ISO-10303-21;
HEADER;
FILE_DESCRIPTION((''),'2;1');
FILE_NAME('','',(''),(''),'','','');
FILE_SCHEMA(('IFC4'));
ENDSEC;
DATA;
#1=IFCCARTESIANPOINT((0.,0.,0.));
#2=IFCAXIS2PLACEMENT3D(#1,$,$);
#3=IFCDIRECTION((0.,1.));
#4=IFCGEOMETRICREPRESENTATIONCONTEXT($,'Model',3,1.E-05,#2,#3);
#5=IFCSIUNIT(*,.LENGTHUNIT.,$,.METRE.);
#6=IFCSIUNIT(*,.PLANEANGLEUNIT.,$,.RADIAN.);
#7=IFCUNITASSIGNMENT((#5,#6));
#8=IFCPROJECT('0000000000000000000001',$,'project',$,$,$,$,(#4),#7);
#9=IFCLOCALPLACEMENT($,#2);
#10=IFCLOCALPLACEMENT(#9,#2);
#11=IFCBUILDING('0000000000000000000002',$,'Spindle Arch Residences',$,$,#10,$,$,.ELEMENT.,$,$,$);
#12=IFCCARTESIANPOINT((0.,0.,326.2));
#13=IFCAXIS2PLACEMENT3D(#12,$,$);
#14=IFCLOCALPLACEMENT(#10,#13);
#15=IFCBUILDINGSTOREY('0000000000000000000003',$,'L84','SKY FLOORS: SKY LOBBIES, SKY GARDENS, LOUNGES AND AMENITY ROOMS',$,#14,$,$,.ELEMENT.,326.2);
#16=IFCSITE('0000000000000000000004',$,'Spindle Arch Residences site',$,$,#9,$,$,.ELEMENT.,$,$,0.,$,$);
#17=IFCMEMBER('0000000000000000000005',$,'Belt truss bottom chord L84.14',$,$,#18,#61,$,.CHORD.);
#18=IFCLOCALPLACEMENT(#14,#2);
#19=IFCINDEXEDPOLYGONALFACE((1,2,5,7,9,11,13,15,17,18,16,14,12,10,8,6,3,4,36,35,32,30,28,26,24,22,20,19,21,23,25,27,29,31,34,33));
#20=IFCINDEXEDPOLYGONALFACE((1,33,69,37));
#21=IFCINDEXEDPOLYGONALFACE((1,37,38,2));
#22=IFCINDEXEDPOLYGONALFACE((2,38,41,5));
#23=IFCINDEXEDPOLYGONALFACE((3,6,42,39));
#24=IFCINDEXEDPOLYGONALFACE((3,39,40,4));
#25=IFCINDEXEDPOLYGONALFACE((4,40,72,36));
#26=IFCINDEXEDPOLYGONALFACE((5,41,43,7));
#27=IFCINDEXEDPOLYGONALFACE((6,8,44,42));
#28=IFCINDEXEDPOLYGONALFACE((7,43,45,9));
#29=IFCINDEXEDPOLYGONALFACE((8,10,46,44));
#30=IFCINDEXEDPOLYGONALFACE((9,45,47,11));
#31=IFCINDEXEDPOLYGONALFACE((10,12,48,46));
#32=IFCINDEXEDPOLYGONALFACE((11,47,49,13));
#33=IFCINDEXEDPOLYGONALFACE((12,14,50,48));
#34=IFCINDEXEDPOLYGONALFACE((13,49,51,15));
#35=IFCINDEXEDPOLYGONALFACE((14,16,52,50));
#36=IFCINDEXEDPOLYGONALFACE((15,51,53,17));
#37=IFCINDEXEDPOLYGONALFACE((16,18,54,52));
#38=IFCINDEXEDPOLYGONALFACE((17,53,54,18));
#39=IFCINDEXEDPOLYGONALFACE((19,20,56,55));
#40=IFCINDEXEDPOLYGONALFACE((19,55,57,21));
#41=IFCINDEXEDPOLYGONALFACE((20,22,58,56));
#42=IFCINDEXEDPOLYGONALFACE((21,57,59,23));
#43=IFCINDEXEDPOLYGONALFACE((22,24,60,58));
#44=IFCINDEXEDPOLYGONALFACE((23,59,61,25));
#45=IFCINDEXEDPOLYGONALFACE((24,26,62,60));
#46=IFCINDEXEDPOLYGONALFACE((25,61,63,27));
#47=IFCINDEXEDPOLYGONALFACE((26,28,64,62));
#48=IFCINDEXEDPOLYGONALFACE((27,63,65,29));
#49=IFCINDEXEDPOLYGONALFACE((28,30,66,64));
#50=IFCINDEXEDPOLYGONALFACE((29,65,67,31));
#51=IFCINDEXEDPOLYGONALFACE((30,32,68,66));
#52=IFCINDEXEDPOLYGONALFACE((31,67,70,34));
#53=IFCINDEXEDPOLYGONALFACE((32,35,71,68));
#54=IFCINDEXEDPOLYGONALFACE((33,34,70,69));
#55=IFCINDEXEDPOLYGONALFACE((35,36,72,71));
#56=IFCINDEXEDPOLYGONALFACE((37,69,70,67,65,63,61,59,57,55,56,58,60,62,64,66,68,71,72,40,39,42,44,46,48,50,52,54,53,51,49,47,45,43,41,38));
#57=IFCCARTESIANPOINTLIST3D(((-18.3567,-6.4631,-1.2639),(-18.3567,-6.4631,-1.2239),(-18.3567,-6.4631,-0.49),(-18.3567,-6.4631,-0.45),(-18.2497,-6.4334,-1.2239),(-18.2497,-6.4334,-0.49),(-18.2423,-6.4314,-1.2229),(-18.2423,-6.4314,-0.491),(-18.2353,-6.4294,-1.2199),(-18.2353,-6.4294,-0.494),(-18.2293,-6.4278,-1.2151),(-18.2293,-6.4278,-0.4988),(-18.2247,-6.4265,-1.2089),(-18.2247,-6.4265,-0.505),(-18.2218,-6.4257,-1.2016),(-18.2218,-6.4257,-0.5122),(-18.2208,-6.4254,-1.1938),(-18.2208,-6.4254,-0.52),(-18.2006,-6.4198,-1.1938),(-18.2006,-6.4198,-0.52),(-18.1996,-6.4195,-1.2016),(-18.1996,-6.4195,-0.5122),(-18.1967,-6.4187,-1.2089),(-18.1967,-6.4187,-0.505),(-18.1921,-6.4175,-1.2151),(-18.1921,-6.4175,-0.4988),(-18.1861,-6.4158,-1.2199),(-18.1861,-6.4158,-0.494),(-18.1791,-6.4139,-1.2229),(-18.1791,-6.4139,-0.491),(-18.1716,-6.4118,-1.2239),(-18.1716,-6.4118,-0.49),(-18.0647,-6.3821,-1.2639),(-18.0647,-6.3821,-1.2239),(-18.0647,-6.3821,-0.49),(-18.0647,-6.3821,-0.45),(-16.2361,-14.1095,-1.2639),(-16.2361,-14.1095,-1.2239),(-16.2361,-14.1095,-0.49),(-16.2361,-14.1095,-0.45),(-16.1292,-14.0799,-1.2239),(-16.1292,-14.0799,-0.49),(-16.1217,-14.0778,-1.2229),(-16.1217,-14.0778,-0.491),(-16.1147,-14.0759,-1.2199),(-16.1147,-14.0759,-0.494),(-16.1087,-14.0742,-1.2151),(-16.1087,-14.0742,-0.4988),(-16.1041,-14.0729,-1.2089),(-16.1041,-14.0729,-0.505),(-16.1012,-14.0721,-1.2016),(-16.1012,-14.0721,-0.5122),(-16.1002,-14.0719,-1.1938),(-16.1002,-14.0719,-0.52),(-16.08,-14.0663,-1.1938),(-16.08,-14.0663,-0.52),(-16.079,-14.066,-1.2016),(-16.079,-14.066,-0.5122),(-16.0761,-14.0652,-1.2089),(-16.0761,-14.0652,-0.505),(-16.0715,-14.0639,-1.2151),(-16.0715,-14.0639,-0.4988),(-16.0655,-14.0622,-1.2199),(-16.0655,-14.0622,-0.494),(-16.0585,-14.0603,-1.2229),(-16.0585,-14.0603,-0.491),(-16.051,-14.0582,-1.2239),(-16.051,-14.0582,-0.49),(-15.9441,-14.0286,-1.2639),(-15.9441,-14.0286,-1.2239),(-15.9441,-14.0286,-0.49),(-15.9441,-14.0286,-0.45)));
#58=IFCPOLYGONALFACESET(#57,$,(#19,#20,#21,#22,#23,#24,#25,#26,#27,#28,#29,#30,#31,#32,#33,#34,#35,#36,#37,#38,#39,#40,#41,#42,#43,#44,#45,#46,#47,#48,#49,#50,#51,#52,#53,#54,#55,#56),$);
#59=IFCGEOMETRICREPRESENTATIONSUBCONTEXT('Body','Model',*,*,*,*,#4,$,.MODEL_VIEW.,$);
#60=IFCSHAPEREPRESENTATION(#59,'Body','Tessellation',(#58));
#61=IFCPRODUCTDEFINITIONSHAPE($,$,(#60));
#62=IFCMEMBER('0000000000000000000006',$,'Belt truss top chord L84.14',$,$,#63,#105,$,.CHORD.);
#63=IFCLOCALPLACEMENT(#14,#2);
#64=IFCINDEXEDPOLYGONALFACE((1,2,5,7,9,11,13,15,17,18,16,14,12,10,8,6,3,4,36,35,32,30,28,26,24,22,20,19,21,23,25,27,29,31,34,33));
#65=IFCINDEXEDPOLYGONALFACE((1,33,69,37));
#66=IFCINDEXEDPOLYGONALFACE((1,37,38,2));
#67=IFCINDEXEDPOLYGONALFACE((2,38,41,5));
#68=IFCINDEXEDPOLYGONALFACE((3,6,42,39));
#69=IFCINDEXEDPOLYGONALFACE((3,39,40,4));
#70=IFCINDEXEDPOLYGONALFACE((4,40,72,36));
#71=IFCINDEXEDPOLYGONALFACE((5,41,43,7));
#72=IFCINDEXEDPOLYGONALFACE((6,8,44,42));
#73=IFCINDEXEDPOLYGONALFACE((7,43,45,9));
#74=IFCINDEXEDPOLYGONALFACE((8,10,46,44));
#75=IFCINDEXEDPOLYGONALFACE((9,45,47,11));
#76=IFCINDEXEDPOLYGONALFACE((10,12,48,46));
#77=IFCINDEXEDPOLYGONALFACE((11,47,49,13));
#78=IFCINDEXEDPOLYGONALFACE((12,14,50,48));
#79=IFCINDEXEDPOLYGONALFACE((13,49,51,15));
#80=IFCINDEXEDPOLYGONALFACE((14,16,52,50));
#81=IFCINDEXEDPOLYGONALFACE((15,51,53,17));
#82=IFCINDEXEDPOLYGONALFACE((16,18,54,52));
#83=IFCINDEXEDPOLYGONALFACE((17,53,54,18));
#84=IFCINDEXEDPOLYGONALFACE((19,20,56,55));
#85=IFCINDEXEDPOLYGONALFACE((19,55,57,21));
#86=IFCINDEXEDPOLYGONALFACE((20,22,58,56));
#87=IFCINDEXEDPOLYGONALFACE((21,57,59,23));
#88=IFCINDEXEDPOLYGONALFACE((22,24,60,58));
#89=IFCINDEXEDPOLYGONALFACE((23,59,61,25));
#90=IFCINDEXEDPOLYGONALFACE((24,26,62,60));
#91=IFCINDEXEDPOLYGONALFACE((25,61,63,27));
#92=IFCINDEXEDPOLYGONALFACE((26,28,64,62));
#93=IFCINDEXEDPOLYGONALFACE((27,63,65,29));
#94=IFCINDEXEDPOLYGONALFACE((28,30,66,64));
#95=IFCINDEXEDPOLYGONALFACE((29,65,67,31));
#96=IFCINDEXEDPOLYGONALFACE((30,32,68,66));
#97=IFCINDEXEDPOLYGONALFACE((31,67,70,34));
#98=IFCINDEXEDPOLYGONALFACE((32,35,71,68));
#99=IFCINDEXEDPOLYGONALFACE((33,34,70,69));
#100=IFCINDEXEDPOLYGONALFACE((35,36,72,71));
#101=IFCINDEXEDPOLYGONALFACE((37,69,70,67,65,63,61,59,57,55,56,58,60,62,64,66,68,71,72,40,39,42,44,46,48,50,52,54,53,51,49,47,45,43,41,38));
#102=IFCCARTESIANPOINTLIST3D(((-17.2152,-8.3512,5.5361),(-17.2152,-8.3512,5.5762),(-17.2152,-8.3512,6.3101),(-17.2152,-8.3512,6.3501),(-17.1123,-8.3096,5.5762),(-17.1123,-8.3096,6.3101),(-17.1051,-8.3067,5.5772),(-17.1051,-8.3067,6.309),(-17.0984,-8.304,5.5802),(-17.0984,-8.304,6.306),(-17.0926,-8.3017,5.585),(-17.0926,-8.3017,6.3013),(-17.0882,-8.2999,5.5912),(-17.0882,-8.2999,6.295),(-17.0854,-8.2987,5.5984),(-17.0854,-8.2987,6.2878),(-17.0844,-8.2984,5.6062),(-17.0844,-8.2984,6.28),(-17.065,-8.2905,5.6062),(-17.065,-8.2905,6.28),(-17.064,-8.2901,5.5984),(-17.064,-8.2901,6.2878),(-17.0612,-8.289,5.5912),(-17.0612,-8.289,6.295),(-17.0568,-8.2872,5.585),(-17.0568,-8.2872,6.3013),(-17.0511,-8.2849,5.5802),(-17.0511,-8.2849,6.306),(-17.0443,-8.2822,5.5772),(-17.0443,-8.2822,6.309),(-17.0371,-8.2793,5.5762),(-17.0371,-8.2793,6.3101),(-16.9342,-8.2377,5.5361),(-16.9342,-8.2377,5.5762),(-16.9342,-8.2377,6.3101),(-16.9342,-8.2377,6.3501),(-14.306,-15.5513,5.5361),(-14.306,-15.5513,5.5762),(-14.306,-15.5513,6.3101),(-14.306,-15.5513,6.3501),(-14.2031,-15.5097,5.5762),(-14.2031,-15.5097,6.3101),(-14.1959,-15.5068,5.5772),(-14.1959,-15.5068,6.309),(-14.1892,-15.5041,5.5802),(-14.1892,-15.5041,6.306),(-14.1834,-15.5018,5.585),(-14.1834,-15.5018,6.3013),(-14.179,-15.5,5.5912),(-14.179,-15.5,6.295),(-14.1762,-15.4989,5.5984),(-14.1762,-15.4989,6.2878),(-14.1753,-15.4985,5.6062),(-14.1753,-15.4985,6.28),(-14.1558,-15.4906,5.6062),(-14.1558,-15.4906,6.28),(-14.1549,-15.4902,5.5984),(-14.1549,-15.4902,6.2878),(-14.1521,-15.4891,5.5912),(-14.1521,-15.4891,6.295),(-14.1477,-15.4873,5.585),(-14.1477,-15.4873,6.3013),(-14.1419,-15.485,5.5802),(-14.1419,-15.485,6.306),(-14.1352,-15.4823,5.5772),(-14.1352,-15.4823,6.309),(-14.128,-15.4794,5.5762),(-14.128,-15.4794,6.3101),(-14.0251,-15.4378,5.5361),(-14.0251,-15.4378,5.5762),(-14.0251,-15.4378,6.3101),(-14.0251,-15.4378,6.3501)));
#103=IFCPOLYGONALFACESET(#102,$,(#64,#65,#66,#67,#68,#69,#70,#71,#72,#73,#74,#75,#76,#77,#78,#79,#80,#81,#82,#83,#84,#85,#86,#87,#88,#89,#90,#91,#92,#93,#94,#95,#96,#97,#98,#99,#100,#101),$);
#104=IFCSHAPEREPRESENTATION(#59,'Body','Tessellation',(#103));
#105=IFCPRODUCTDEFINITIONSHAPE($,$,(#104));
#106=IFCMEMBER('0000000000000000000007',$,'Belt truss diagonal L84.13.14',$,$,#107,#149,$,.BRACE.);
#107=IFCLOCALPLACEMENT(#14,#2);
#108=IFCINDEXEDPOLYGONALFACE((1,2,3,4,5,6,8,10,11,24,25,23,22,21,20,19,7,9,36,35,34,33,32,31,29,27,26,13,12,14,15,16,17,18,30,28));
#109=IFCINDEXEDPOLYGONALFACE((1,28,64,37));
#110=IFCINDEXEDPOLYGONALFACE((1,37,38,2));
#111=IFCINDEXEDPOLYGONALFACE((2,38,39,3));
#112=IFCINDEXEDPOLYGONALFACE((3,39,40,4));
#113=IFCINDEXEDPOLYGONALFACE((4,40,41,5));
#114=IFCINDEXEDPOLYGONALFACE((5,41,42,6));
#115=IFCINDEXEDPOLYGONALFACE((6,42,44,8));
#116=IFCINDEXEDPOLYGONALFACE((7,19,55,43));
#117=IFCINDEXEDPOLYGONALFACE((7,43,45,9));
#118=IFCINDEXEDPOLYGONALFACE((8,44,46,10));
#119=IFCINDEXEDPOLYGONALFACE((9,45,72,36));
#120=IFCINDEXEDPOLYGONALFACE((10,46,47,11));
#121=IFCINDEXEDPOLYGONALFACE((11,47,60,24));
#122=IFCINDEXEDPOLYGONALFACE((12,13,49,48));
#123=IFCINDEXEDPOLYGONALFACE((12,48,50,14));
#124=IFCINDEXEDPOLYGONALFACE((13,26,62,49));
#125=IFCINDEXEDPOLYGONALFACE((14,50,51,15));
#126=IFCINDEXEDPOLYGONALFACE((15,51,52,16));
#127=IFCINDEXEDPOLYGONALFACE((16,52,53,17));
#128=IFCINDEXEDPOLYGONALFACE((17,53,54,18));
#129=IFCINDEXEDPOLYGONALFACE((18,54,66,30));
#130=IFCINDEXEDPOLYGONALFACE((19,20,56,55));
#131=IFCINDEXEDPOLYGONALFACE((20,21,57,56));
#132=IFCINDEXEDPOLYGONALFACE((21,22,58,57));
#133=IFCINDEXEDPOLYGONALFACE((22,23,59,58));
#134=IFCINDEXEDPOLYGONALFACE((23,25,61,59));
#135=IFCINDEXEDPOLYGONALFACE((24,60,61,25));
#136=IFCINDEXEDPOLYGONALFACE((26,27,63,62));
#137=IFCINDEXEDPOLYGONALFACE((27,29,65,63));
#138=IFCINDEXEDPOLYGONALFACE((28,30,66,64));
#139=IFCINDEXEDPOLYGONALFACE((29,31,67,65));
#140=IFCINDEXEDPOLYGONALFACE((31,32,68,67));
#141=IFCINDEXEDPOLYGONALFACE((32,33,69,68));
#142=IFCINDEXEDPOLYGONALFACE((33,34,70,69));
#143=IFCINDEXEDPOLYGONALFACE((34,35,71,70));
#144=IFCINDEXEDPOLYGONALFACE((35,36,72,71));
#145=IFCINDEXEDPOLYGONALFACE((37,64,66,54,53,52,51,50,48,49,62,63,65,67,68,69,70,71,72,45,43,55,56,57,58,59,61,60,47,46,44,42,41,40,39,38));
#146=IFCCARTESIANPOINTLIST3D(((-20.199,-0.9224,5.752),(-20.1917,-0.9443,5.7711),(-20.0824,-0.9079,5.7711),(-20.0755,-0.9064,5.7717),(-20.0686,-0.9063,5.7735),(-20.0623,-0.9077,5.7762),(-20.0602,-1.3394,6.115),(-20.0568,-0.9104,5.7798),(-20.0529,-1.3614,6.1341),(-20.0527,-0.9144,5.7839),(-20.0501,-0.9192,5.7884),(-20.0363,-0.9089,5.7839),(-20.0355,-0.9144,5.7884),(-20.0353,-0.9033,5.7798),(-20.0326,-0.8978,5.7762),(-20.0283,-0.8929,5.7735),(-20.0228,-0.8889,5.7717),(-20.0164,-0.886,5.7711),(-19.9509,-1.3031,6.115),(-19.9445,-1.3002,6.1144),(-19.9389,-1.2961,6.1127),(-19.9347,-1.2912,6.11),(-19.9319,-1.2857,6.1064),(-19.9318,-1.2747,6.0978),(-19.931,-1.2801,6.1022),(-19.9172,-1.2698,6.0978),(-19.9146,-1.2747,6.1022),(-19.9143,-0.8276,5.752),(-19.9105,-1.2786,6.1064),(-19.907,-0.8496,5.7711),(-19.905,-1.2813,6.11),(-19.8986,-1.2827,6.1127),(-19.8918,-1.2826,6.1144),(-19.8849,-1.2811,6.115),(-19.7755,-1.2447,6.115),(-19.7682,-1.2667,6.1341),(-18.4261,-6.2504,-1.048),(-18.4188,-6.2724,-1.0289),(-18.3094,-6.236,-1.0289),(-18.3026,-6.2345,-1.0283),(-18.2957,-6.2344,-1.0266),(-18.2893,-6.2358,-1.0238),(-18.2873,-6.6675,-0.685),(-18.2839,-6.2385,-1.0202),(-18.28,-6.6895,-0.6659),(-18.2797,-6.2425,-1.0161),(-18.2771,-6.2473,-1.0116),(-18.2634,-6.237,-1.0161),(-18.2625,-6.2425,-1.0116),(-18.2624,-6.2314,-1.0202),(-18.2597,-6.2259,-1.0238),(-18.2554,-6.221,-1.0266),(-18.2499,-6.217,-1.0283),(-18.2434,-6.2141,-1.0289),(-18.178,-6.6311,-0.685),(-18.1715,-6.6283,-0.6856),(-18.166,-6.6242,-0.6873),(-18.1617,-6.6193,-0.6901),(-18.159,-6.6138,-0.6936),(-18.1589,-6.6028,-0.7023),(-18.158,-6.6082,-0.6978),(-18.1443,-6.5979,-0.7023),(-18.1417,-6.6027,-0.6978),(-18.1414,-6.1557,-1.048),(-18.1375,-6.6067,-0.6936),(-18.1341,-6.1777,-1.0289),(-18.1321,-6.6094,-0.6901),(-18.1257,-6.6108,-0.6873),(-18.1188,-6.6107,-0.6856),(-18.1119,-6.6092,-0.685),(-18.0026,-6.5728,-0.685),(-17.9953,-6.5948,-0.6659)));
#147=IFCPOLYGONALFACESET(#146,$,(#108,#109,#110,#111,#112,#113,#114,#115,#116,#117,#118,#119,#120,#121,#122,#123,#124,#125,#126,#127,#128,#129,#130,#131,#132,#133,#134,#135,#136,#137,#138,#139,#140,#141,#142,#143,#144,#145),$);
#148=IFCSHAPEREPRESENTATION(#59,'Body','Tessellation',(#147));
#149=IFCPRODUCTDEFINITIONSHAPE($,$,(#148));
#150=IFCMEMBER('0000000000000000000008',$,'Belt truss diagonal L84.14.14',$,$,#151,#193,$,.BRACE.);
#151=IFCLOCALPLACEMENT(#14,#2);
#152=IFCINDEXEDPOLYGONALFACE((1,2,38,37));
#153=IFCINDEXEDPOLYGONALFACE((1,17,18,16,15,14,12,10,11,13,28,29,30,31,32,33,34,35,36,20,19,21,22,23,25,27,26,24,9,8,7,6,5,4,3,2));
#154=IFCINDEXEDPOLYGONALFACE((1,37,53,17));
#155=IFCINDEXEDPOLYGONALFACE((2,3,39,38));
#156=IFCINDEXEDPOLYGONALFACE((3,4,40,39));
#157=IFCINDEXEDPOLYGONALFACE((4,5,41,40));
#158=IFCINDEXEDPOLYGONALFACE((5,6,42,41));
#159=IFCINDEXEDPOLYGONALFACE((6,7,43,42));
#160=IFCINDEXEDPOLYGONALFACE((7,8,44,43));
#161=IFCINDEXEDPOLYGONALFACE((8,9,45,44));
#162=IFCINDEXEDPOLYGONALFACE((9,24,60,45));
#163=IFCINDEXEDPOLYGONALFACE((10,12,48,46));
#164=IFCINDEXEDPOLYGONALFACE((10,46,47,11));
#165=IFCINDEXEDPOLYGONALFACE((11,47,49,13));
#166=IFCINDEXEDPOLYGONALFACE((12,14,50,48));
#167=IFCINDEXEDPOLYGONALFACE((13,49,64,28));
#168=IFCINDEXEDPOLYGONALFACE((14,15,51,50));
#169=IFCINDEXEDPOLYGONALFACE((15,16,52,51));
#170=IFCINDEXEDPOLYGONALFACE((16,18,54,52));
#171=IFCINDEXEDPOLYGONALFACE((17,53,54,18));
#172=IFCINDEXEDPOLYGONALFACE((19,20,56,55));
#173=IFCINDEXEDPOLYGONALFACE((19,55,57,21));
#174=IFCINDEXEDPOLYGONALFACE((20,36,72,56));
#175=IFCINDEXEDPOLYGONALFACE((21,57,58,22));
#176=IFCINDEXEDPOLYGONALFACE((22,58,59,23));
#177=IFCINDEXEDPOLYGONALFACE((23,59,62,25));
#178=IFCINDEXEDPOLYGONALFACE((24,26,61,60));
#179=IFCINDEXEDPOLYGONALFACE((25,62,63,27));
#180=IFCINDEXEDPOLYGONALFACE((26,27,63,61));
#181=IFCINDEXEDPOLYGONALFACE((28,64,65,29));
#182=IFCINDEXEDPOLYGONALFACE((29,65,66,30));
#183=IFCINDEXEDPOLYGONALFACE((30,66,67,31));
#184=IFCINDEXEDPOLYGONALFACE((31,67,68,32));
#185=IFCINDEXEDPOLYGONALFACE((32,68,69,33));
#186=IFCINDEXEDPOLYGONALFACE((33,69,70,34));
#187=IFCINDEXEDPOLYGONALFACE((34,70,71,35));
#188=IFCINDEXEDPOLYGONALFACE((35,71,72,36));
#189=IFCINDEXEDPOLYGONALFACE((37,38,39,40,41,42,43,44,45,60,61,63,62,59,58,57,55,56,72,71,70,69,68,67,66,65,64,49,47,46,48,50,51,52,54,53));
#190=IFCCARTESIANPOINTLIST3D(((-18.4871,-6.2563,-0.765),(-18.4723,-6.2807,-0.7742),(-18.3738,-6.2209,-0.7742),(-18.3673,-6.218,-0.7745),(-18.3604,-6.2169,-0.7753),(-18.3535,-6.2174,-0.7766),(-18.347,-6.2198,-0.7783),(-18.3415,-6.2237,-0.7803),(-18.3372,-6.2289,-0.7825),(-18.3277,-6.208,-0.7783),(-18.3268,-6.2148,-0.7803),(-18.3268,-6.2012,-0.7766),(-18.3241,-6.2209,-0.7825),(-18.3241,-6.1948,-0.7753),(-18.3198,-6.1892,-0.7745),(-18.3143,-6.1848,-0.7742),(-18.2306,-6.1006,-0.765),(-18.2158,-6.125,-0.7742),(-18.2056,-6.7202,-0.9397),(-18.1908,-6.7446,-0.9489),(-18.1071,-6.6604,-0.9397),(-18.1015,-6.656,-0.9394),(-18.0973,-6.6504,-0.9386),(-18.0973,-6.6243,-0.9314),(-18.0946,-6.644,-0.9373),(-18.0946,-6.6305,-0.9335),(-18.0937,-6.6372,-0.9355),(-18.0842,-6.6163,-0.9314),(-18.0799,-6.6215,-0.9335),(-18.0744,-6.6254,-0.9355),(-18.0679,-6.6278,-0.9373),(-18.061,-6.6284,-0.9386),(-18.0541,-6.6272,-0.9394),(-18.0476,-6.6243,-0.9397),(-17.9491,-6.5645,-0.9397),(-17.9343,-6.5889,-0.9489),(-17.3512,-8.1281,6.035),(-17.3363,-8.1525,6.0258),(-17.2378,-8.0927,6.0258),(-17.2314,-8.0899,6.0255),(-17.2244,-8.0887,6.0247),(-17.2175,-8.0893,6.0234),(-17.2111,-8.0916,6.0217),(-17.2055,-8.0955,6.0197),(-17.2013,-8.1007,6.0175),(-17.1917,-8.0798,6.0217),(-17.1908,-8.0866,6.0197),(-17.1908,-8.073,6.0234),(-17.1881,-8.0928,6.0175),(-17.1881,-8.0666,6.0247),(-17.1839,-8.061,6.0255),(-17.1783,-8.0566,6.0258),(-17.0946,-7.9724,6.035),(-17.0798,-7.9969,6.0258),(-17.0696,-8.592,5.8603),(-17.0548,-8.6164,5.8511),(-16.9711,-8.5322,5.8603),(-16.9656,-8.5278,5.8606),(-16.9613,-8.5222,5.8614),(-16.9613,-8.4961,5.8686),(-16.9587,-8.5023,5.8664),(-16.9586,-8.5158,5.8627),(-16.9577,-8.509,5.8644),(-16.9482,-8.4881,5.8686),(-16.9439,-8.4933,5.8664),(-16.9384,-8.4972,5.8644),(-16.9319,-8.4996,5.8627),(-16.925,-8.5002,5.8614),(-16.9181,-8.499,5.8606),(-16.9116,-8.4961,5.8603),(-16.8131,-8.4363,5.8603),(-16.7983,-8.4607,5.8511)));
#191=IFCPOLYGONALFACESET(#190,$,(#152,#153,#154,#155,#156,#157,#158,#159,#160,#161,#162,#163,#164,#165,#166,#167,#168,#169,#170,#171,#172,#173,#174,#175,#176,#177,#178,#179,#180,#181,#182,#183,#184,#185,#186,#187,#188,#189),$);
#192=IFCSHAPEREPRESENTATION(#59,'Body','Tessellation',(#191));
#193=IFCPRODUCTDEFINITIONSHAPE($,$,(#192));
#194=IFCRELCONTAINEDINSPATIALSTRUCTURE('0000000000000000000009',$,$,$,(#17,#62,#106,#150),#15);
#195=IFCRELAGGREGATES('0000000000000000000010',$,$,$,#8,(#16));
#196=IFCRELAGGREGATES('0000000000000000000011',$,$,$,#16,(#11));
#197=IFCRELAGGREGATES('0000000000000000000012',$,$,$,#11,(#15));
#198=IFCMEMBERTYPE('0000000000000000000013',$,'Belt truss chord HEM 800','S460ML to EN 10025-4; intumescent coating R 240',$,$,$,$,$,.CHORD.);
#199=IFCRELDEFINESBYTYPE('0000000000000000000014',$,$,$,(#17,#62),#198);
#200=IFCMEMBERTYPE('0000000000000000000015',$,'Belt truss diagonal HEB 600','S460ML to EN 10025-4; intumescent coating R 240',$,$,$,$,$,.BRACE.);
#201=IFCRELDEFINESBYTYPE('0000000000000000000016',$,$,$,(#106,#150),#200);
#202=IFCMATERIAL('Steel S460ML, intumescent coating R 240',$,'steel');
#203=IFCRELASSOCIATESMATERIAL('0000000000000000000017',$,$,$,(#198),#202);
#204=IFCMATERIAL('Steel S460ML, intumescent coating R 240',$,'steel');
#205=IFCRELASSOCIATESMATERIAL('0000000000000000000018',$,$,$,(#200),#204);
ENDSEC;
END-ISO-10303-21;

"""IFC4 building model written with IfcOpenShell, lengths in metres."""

from ifc_helpers import new_model, si_unit, direction, frame, origin, origin_2d, place, context, subcontext, project, spatial, i_section, extrude, material, material_profile, profile_set, type_object, element, save


model = new_model("IFC4")

# Units and contexts
model_context = context("Model", 3, precision=1e-05, world=origin(), true_north=direction((0.0, 1.0)))
body_context = subcontext(model_context, "Body", "Model", "MODEL_VIEW")
ifc_project = project(units=[si_unit("LENGTHUNIT", "METRE"), si_unit("PLANEANGLEUNIT", "RADIAN")], contexts=[model_context])

# Site, building, storey
site_placement = place(None, origin())
site = spatial("IfcSite", under=ifc_project, at=site_placement, Name="Spindle Arch Residences site", CompositionType="ELEMENT", RefElevation=0.0)
building_placement = place(site_placement, origin())
building = spatial("IfcBuilding", under=site, at=building_placement, Name="Spindle Arch Residences", CompositionType="ELEMENT")
storey_placement = place(building_placement, frame((0.0, 0.0, 326.2)))
storey = spatial("IfcBuildingStorey", under=building, at=storey_placement, Name="L84", Description="SKY FLOORS: SKY LOBBIES, SKY GARDENS, LOUNGES AND AMENITY ROOMS", CompositionType="ELEMENT", Elevation=326.2)

# Members
ifc_material_1 = material(Name="Steel S460ML, intumescent coating R 240", Category="steel")
ifc_material_profile_1 = material_profile(ifc_material_1, i_section(OverallWidth=0.303, OverallDepth=0.814, WebThickness=0.021, FlangeThickness=0.04, FilletRadius=0.03, at=origin_2d()), Name="HEM 800")
ifc_profile_set_1 = profile_set([ifc_material_profile_1], Name="Steel S460ML, intumescent coating R 240")
member_type_1 = type_object("IfcMemberType", Name="Belt truss chord HEM 800", Description="S460ML to EN 10025-4; intumescent coating R 240", PredefinedType="CHORD", material=ifc_profile_set_1)
member_1_placement = place(storey_placement, frame((-18.2107, -6.4226, -0.8569), z_axis=(0.267244, -0.963629, 0.0), x_axis=(0.963629, 0.267244, 0.0)))
element("IfcMember", 1, at=member_1_placement, inside=storey, type_object=member_type_1, Name="Belt truss bottom chord L84.14", PredefinedType="CHORD", context=body_context, shape_type="SweptSolid", body=[
    extrude(i_section(OverallWidth=0.303, OverallDepth=0.814, WebThickness=0.021, FlangeThickness=0.04, FilletRadius=0.03, at=origin_2d()), origin(), (0.0, 0.0, 1.0), 7.9351),
])
member_2_placement = place(storey_placement, frame((-17.0747, -8.2944, 5.9431), z_axis=(0.374619, -0.927179, 0.0), x_axis=(0.927179, 0.374619, 0.0)))
element("IfcMember", 2, at=member_2_placement, inside=storey, type_object=member_type_1, Name="Belt truss top chord L84.14", PredefinedType="CHORD", context=body_context, shape_type="SweptSolid", body=[
    extrude(i_section(OverallWidth=0.303, OverallDepth=0.814, WebThickness=0.021, FlangeThickness=0.04, FilletRadius=0.03, at=origin_2d()), origin(), (0.0, 0.0, 1.0), 7.7656),
])
ifc_material_2 = material(Name="Steel S460ML, intumescent coating R 240", Category="steel")
ifc_material_profile_2 = material_profile(ifc_material_2, i_section(OverallWidth=0.3, OverallDepth=0.6001, WebThickness=0.0154, FlangeThickness=0.03, FilletRadius=0.0271, at=origin_2d()), Name="HEB 600")
ifc_profile_set_2 = profile_set([ifc_material_profile_2], Name="Steel S460ML, intumescent coating R 240")
member_type_2 = type_object("IfcMemberType", Name="Belt truss diagonal HEB 600", Description="S460ML to EN 10025-4; intumescent coating R 240", PredefinedType="BRACE", material=ifc_profile_set_2)
member_3_placement = place(storey_placement, frame((-18.2107, -6.4226, -0.8569), z_axis=(-0.20104, 0.604171, 0.771077), x_axis=(-0.948848, -0.315732, 0.0)))
element("IfcMember", 3, at=member_3_placement, inside=storey, type_object=member_type_2, Name="Belt truss diagonal L84.13.14", PredefinedType="BRACE", context=body_context, shape_type="SweptSolid", body=[
    extrude(i_section(OverallWidth=0.3, OverallDepth=0.6001, WebThickness=0.0154, FlangeThickness=0.03, FilletRadius=0.0271, at=origin_2d()), origin(), (0.0, 0.0, 1.0), 8.8188),
])
member_4_placement = place(storey_placement, frame((-18.2107, -6.4226, -0.8569), z_axis=(0.159016, -0.262019, 0.951872), x_axis=(0.854885, 0.518818, 0.0)))
element("IfcMember", 4, at=member_4_placement, inside=storey, type_object=member_type_2, Name="Belt truss diagonal L84.14.14", PredefinedType="BRACE", context=body_context, shape_type="SweptSolid", body=[
    extrude(i_section(OverallWidth=0.3, OverallDepth=0.6001, WebThickness=0.0154, FlangeThickness=0.03, FilletRadius=0.0271, at=origin_2d()), origin(), (0.0, 0.0, 1.0), 7.1438),
])

save(model, "model.ifc")
